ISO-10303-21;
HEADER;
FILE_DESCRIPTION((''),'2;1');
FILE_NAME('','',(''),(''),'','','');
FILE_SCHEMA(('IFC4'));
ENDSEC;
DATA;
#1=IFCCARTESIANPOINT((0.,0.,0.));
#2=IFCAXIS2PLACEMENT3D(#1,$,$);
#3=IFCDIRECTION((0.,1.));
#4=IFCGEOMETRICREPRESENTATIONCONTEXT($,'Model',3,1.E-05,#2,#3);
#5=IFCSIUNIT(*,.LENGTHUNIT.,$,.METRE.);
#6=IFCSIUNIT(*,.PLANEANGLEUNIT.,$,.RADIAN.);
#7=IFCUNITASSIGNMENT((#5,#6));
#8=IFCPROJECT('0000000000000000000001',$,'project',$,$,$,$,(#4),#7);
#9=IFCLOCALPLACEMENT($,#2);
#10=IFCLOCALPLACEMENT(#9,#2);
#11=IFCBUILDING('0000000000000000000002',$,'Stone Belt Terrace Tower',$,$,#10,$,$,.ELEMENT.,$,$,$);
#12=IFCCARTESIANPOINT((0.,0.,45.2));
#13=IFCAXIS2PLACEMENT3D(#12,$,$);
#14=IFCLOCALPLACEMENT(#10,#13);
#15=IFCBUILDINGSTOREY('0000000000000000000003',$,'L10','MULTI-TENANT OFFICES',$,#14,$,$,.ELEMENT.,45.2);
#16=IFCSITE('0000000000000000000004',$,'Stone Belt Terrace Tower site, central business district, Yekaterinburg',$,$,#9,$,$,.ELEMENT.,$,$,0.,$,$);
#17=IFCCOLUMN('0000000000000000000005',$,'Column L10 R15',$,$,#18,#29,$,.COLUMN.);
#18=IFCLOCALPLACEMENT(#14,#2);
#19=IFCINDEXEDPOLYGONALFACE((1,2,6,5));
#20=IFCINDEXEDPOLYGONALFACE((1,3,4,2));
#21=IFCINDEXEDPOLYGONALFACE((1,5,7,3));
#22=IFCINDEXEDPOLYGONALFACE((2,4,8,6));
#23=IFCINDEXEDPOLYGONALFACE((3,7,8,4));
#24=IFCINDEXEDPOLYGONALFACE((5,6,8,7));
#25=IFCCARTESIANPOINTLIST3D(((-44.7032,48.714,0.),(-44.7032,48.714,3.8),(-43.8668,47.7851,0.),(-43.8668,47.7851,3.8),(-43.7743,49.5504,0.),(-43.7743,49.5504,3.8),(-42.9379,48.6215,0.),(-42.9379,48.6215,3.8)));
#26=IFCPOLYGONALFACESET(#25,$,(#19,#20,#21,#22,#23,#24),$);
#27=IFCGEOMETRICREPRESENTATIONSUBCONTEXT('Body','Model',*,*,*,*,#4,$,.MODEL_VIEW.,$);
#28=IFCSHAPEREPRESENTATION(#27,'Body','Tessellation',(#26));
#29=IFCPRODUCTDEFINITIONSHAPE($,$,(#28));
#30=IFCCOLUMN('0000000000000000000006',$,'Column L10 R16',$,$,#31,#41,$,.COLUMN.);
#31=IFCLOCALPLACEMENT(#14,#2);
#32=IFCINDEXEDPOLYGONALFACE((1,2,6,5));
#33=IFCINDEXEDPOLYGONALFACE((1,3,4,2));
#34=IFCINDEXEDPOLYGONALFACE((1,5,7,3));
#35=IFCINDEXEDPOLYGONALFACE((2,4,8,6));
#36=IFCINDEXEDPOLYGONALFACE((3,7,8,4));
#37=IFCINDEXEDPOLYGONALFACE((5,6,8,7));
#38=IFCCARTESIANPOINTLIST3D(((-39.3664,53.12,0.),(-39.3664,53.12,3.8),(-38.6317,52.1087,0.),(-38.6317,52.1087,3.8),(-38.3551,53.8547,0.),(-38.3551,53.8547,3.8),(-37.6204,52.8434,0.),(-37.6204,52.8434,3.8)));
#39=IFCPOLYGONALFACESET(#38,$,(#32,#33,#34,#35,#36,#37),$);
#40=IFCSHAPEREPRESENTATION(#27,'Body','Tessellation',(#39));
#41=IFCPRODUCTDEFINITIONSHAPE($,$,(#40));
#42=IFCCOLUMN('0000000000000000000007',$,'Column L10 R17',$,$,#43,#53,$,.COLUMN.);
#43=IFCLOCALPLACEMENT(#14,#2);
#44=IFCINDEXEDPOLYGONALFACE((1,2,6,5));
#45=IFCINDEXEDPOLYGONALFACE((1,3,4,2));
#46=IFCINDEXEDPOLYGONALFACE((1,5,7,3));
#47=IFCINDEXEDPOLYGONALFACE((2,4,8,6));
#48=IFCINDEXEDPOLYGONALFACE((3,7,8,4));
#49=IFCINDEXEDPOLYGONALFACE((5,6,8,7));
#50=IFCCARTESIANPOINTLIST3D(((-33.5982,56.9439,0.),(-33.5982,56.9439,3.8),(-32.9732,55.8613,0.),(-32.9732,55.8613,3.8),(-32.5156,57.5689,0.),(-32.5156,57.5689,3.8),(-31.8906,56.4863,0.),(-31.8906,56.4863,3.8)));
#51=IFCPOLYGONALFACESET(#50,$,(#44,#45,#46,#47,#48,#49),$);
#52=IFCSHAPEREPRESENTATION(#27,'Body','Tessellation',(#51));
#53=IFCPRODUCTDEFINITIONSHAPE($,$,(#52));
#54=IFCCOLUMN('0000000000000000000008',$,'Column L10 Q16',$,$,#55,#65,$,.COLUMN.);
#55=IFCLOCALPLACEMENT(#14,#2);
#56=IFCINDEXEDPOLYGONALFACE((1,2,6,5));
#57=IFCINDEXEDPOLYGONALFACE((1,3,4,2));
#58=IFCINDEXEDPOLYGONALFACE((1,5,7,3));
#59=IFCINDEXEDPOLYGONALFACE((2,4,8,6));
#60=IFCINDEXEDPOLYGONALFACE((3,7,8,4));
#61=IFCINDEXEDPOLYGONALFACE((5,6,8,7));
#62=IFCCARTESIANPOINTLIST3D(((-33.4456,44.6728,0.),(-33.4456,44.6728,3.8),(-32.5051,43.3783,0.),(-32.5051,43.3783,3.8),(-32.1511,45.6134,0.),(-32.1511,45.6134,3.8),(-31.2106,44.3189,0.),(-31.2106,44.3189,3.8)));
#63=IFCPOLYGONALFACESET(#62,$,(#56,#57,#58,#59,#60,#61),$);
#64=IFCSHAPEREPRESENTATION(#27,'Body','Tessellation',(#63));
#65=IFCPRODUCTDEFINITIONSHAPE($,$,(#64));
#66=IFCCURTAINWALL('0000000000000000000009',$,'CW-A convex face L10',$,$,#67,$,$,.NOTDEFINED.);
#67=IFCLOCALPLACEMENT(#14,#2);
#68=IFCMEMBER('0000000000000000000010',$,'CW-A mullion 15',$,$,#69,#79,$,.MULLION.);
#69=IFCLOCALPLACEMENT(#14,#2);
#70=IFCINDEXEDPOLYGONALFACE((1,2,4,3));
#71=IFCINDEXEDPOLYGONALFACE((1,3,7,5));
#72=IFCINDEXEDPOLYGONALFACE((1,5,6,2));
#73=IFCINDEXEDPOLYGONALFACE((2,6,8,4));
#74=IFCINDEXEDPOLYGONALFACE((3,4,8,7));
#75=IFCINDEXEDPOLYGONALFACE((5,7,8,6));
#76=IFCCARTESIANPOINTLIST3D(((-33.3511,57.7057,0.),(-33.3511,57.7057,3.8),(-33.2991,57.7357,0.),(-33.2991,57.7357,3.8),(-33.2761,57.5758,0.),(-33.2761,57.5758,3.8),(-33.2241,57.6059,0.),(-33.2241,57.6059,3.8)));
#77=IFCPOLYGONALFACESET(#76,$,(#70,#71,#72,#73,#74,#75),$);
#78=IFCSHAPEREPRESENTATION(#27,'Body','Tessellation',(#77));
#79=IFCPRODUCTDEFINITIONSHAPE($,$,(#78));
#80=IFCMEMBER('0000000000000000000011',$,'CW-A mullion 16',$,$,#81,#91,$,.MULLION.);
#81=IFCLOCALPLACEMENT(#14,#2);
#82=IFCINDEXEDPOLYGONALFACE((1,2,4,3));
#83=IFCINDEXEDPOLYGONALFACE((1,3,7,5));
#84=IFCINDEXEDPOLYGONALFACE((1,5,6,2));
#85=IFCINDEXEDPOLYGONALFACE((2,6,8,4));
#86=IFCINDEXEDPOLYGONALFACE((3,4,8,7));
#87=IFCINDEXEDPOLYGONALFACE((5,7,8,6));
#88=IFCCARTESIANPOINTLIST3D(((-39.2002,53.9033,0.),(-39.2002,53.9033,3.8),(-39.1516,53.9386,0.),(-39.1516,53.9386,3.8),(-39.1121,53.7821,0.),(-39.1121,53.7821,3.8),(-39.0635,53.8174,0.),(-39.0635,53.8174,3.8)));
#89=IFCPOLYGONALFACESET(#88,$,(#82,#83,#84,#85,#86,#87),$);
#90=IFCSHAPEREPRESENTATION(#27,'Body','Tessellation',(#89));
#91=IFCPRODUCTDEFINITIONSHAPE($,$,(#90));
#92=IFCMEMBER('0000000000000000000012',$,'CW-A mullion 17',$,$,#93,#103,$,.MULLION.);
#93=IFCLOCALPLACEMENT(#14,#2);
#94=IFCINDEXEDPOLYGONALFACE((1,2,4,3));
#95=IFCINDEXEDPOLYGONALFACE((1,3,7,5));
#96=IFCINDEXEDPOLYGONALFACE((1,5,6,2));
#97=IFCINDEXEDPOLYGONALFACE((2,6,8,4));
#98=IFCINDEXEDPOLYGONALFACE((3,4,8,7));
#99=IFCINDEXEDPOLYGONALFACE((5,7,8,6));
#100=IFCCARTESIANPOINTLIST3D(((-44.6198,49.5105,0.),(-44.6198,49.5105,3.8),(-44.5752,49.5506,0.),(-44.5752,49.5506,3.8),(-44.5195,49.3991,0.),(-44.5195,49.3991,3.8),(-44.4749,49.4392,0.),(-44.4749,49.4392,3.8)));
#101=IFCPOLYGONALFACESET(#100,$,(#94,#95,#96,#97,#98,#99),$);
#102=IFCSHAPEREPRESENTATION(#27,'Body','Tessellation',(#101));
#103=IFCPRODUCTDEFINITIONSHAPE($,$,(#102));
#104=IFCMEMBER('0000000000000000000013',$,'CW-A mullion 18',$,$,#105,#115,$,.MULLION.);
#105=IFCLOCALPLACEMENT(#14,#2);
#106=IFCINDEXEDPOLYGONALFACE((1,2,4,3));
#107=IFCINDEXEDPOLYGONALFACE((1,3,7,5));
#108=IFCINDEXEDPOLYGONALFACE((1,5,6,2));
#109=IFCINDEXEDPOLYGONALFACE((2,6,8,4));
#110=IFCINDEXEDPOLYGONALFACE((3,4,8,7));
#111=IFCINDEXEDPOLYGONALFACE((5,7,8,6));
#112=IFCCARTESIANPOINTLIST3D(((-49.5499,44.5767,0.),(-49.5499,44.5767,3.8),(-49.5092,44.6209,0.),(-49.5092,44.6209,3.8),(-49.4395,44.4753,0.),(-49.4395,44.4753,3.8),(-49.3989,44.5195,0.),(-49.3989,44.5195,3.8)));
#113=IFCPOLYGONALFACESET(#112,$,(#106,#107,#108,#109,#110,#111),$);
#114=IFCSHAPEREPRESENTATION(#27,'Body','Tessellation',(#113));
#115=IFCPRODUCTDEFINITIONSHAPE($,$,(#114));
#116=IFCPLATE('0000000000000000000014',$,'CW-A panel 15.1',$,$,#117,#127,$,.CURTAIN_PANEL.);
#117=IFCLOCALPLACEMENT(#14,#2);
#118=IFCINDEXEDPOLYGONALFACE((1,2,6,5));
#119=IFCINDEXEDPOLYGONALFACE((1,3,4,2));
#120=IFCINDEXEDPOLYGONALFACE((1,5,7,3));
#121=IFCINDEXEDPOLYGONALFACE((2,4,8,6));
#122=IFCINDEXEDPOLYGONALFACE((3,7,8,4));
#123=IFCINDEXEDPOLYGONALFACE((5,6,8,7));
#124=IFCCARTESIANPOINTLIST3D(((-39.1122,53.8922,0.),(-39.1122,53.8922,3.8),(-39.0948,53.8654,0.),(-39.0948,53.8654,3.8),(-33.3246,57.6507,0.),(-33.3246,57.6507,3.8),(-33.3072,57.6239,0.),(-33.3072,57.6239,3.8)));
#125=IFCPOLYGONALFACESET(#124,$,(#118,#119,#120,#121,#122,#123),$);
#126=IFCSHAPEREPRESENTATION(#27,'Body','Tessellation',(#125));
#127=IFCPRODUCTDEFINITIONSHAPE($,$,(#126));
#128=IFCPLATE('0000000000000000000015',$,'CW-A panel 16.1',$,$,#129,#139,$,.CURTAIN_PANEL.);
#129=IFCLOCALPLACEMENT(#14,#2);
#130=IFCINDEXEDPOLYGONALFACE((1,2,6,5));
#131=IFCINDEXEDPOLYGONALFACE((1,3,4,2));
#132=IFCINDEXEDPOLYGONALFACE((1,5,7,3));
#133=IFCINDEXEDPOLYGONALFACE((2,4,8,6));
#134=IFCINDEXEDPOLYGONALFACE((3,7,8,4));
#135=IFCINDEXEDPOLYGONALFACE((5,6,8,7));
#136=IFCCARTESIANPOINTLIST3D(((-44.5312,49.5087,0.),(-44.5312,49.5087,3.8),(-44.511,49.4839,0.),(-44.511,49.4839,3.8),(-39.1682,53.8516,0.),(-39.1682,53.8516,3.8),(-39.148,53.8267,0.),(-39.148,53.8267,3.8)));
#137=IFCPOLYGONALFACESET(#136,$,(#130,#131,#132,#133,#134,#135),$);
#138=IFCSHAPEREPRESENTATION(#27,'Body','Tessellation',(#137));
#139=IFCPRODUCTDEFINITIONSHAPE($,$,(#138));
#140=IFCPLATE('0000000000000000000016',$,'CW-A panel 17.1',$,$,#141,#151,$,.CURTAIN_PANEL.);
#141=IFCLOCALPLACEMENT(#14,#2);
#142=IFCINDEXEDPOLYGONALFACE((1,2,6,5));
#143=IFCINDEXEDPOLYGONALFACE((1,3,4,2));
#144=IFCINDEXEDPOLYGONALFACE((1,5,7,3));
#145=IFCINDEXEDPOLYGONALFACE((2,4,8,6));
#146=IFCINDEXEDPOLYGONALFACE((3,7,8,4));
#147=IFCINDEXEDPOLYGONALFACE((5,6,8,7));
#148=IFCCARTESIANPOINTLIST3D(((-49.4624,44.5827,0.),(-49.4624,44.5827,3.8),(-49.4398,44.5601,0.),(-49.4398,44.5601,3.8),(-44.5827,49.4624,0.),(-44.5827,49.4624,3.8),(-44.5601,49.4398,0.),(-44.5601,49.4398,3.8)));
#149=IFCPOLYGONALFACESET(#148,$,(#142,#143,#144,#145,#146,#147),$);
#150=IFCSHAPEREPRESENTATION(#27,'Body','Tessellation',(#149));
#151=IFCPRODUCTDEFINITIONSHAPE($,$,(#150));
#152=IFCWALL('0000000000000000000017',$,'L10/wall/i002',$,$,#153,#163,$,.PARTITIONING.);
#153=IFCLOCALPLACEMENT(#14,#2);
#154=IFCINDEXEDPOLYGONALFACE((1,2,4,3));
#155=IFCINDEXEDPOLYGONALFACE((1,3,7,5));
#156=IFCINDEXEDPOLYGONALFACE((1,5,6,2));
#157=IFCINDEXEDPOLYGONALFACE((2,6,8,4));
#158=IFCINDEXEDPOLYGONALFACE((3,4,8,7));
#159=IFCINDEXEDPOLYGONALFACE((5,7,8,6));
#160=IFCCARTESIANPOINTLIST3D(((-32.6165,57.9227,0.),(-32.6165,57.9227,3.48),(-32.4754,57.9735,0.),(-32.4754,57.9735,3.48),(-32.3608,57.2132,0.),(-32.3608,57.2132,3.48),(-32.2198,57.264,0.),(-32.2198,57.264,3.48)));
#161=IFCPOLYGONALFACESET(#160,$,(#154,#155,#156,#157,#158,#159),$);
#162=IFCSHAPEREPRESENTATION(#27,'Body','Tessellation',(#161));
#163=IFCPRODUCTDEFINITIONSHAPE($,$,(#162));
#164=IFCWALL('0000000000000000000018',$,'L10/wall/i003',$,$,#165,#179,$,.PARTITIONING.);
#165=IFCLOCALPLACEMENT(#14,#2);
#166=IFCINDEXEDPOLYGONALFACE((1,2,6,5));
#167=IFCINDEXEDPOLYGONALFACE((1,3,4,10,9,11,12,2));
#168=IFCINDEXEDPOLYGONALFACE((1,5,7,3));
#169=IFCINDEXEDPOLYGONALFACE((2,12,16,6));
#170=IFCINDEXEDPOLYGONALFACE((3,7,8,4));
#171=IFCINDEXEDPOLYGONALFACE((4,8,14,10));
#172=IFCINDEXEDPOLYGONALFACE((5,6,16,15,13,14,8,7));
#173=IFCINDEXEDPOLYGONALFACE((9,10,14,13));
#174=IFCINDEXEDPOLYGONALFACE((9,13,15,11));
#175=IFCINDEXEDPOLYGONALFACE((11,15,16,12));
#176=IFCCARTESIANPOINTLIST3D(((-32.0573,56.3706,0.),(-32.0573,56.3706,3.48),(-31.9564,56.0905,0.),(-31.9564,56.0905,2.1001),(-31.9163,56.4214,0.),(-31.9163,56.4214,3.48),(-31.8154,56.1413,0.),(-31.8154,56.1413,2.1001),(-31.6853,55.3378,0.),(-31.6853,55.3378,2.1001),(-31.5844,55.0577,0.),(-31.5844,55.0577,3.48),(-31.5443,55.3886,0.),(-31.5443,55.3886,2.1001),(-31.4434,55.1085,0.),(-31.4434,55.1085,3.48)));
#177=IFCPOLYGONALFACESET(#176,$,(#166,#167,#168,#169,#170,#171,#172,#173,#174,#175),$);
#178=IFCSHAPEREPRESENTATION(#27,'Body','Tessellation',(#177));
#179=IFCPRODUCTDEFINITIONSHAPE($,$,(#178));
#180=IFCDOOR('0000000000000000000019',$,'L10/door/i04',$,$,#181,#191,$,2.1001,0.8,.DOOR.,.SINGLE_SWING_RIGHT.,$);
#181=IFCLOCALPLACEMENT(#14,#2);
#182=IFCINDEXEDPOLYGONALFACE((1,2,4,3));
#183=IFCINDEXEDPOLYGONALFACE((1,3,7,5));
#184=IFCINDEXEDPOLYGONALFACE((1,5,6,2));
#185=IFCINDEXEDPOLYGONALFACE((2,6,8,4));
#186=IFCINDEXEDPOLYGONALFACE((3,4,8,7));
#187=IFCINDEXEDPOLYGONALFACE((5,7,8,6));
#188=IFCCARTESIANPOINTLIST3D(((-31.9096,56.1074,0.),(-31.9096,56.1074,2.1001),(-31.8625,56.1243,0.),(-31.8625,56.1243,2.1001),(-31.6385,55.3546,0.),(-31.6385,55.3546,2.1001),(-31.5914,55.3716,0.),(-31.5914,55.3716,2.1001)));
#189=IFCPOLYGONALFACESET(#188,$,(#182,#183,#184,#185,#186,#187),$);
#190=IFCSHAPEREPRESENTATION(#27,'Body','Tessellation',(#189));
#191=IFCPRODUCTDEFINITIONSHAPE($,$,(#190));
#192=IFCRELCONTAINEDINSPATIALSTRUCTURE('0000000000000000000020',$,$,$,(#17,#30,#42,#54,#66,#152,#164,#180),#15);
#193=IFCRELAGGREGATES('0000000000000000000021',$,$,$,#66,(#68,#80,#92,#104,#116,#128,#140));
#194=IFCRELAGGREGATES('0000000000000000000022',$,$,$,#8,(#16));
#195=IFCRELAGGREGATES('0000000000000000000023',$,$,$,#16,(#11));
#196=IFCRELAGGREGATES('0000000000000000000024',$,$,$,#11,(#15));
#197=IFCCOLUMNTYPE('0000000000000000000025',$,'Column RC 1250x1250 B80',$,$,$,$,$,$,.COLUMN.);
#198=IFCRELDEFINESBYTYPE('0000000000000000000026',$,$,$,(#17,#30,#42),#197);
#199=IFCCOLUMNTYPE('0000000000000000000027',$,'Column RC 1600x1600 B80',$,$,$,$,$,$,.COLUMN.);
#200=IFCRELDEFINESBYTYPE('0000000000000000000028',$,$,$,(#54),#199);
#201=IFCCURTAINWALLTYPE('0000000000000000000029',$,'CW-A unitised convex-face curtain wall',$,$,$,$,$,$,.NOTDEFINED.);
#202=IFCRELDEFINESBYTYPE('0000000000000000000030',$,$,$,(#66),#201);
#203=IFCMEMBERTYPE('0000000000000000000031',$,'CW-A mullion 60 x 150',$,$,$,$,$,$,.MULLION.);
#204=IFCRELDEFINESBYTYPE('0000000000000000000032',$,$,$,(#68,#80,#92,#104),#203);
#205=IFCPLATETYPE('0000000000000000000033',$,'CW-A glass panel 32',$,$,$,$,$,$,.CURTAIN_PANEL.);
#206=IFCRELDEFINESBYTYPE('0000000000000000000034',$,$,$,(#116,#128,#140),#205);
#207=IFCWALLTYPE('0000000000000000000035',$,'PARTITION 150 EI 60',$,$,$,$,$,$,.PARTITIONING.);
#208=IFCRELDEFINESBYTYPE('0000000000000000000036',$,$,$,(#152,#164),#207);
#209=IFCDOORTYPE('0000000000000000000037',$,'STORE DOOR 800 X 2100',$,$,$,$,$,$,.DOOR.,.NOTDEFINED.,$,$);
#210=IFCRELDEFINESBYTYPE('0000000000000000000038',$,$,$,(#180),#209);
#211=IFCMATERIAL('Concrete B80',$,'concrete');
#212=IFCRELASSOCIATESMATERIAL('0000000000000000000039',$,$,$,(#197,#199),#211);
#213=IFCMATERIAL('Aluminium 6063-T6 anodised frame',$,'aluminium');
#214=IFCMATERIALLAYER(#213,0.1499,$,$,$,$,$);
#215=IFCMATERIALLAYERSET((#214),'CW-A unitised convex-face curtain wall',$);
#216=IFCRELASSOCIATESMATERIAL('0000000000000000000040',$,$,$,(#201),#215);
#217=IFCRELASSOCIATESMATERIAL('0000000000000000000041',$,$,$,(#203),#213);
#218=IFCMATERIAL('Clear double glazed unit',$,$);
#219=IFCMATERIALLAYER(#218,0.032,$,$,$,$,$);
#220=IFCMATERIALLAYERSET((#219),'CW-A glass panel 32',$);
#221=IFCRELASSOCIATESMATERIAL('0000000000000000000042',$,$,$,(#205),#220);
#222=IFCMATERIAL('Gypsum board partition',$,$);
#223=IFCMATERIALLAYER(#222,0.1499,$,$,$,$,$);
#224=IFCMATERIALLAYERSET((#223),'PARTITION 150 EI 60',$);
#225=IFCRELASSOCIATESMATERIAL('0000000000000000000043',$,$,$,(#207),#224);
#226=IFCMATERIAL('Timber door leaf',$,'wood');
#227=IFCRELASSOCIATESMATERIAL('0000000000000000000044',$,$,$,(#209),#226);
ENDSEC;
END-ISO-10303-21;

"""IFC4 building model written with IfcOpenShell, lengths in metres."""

from ifc_helpers import new_model, si_unit, direction, frame, frame_2d, origin, origin_2d, place, context, subcontext, project, spatial, rectangle, extrude, material, layer, layer_set, material_profile, profile_set, type_object, element, fill, aggregate, save


model = new_model("IFC4")

# Units and contexts
model_context = context("Model", 3, precision=1e-05, world=origin(), true_north=direction((0.0, 1.0)))
body_context = subcontext(model_context, "Body", "Model", "MODEL_VIEW")
ifc_project = project(units=[si_unit("LENGTHUNIT", "METRE"), si_unit("PLANEANGLEUNIT", "RADIAN")], contexts=[model_context])

# Site, building, storey
site_placement = place(None, origin())
site = spatial("IfcSite", under=ifc_project, at=site_placement, Name="Stone Belt Terrace Tower site, central business district, Yekaterinburg", CompositionType="ELEMENT", RefElevation=0.0)
building_placement = place(site_placement, origin())
building = spatial("IfcBuilding", under=site, at=building_placement, Name="Stone Belt Terrace Tower", CompositionType="ELEMENT")
storey_placement = place(building_placement, frame((0.0, 0.0, 45.2)))
storey = spatial("IfcBuildingStorey", under=building, at=storey_placement, Name="L10", Description="MULTI-TENANT OFFICES", CompositionType="ELEMENT", Elevation=45.2)

# Columns
ifc_material_1 = material(Name="Concrete B80", Category="concrete")
ifc_material_profile_1 = material_profile(ifc_material_1, rectangle(XDim=1.25, YDim=1.25, at=origin_2d()), Name="RC 1250x1250")
ifc_profile_set_1 = profile_set([ifc_material_profile_1], Name="Concrete B80")
column_type_1 = type_object("IfcColumnType", Name="Column RC 1250x1250 B80", PredefinedType="COLUMN", material=ifc_profile_set_1)
for number, where, z_axis, x_axis, name in (
    (1, (-43.8206, 48.6677, 0.0), (0.0, 0.0, 1.0), (0.743145, 0.669131, 0.0), "Column L10 R15"),
    (2, (-38.4934, 52.9817, 0.0), (0.0, 0.0, 1.0), (0.809017, 0.587785, 0.0), "Column L10 R16"),
    (3, (-32.7444, 56.7151, 0.0), (0.0, 0.0, 1.0), (0.866025, 0.5, 0.0), "Column L10 R17"),
):
    element("IfcColumn", number, at=place(storey_placement, frame(where, z_axis=z_axis, x_axis=x_axis)), inside=storey, type_object=column_type_1, Name=name, PredefinedType="COLUMN", context=body_context, shape_type="SweptSolid", body=[
        extrude(rectangle(XDim=1.25, YDim=1.25, at=origin_2d()), origin(), (0.0, 0.0, 1.0), 3.8),
    ])
ifc_material_profile_2 = material_profile(ifc_material_1, rectangle(XDim=1.6001, YDim=1.6001, at=origin_2d()), Name="RC 1600x1600")
ifc_profile_set_2 = profile_set([ifc_material_profile_2], Name="Concrete B80")
column_type_2 = type_object("IfcColumnType", Name="Column RC 1600x1600 B80", PredefinedType="COLUMN", material=ifc_profile_set_2)
column_placement = place(storey_placement, frame((-32.3281, 44.4958, 0.0), z_axis=(0.0, 0.0, 1.0), x_axis=(0.809017, 0.587785, 0.0)))
element("IfcColumn", 4, at=column_placement, inside=storey, type_object=column_type_2, Name="Column L10 Q16", PredefinedType="COLUMN", context=body_context, shape_type="SweptSolid", body=[
    extrude(rectangle(XDim=1.6001, YDim=1.6001, at=origin_2d()), origin(), (0.0, 0.0, 1.0), 3.8),
])

# Curtain wall, members, plates
ifc_material_2 = material(Name="Aluminium 6063-T6 anodised frame", Category="aluminium")
ifc_layer_1 = layer(ifc_material_2, 0.1499)
ifc_layer_set_1 = layer_set([ifc_layer_1], Name="CW-A unitised convex-face curtain wall")
curtain_wall_type = type_object("IfcCurtainWallType", Name="CW-A unitised convex-face curtain wall", PredefinedType="NOTDEFINED", material=ifc_layer_set_1)
curtain_wall_placement = place(storey_placement, origin())
curtain_wall = element("IfcCurtainWall", 5, at=curtain_wall_placement, inside=storey, type_object=curtain_wall_type, Name="CW-A convex face L10", PredefinedType="NOTDEFINED")
ifc_material_profile_3 = material_profile(ifc_material_2, rectangle(XDim=0.1499, YDim=0.0601, at=origin_2d()), Name="Aluminium 6063-T6 60x150")
ifc_profile_set_3 = profile_set([ifc_material_profile_3], Name="Aluminium 6063-T6 anodised frame")
member_type = type_object("IfcMemberType", Name="CW-A mullion 60 x 150", PredefinedType="MULLION", material=ifc_profile_set_3)
member_1_placement = place(storey_placement, frame((-33.2876, 57.6558, 0.0), z_axis=(0.0, 0.0, 1.0), x_axis=(0.5, -0.866025, 0.0)))
member_1 = element("IfcMember", 6, at=member_1_placement, type_object=member_type, Name="CW-A mullion 15", PredefinedType="MULLION", context=body_context, shape_type="SweptSolid", body=[
    extrude(rectangle(XDim=0.1499, YDim=0.0601, at=origin_2d()), origin(), (0.0, 0.0, 1.0), 3.8),
])
member_2_placement = place(storey_placement, frame((-39.1318, 53.8604, 0.0), z_axis=(0.0, 0.0, 1.0), x_axis=(0.587785, -0.809017, 0.0)))
member_2 = element("IfcMember", 7, at=member_2_placement, type_object=member_type, Name="CW-A mullion 16", PredefinedType="MULLION", context=body_context, shape_type="SweptSolid", body=[
    extrude(rectangle(XDim=0.1499, YDim=0.0601, at=origin_2d()), origin(), (0.0, 0.0, 1.0), 3.8),
])
member_3_placement = place(storey_placement, frame((-44.5474, 49.4749, 0.0), z_axis=(0.0, 0.0, 1.0), x_axis=(0.669131, -0.743145, 0.0)))
member_3 = element("IfcMember", 8, at=member_3_placement, type_object=member_type, Name="CW-A mullion 17", PredefinedType="MULLION", context=body_context, shape_type="SweptSolid", body=[
    extrude(rectangle(XDim=0.1499, YDim=0.0601, at=origin_2d()), origin(), (0.0, 0.0, 1.0), 3.8),
])
member_4_placement = place(storey_placement, frame((-49.4744, 44.5481, 0.0), z_axis=(0.0, 0.0, 1.0), x_axis=(0.736171, -0.676796, 0.0)))
member_4 = element("IfcMember", 9, at=member_4_placement, type_object=member_type, Name="CW-A mullion 18", PredefinedType="MULLION", context=body_context, shape_type="SweptSolid", body=[
    extrude(rectangle(XDim=0.1499, YDim=0.0601, at=origin_2d()), origin(), (0.0, 0.0, 1.0), 3.8),
])
ifc_material_3 = material(Name="Clear double glazed unit")
ifc_layer_2 = layer(ifc_material_3, 0.032)
ifc_layer_set_2 = layer_set([ifc_layer_2], Name="CW-A glass panel 32")
plate_type = type_object("IfcPlateType", Name="CW-A glass panel 32", PredefinedType="CURTAIN_PANEL", material=ifc_layer_set_2)
plate_1_placement = place(storey_placement, frame((-36.2097, 55.7581, 0.0), z_axis=(0.0, 0.0, 1.0), x_axis=(-0.838671, -0.544639, 0.0)))
plate_1 = element("IfcPlate", 10, at=plate_1_placement, type_object=plate_type, Name="CW-A panel 15.1", PredefinedType="CURTAIN_PANEL", context=body_context, shape_type="SweptSolid", body=[
    extrude(rectangle(XDim=6.9009, YDim=0.032, at=origin_2d()), origin(), (0.0, 0.0, 1.0), 3.8),
])
plate_2_placement = place(storey_placement, frame((-41.8396, 51.6677, 0.0), z_axis=(0.0, 0.0, 1.0), x_axis=(-0.777146, -0.62932, 0.0)))
plate_2 = element("IfcPlate", 11, at=plate_2_placement, type_object=plate_type, Name="CW-A panel 16.1", PredefinedType="CURTAIN_PANEL", context=body_context, shape_type="SweptSolid", body=[
    extrude(rectangle(XDim=6.9009, YDim=0.032, at=origin_2d()), origin(), (0.0, 0.0, 1.0), 3.8),
])
plate_3_placement = place(storey_placement, frame((-47.0112, 47.0112, 0.0), z_axis=(0.0, 0.0, 1.0), x_axis=(-0.707107, -0.707107, 0.0)))
plate_3 = element("IfcPlate", 12, at=plate_3_placement, type_object=plate_type, Name="CW-A panel 17.1", PredefinedType="CURTAIN_PANEL", context=body_context, shape_type="SweptSolid", body=[
    extrude(rectangle(XDim=6.9009, YDim=0.032, at=origin_2d()), origin(), (0.0, 0.0, 1.0), 3.8),
])
aggregate(curtain_wall, [member_1, member_2, member_3, member_4, plate_1, plate_2, plate_3])

# Wall
ifc_material_4 = material(Name="Gypsum board partition")
ifc_layer_3 = layer(ifc_material_4, 0.1499)
ifc_layer_set_3 = layer_set([ifc_layer_3], Name="PARTITION 150 EI 60")
wall_type = type_object("IfcWallType", Name="PARTITION 150 EI 60", PredefinedType="PARTITIONING", material=ifc_layer_set_3)
wall_1_placement = place(storey_placement, frame((-32.5459, 57.948, 0.0), z_axis=(0.0, 0.0, 1.0), x_axis=(0.33896, -0.940801, 0.0)))
element("IfcWall", 13, at=wall_1_placement, inside=storey, type_object=wall_type, Name="L10/wall/i002", PredefinedType="PARTITIONING", context=body_context, shape_type="SweptSolid", body=[
    extrude(rectangle(XDim=0.7542, YDim=0.1499, at=frame_2d((0.377, 0.0))), origin(), (0.0, 0.0, 1.0), 3.48),
])

# Wall, opening, door
wall_2_placement = place(storey_placement, frame((-31.9868, 56.396, 0.0), z_axis=(0.0, 0.0, 1.0), x_axis=(0.338862, -0.940836, 0.0)))
wall_2 = element("IfcWall", 14, at=wall_2_placement, inside=storey, type_object=wall_type, Name="L10/wall/i003", PredefinedType="PARTITIONING", context=body_context, shape_type="SweptSolid", body=[
    extrude(rectangle(XDim=1.3955, YDim=0.1499, at=frame_2d((0.6978, 0.0))), origin(), (0.0, 0.0, 1.0), 3.48),
])
opening_1_placement = place(wall_2_placement, frame((0.2979, 0.0, 0.0)))
opening_1 = element("IfcOpeningElement", 15, at=opening_1_placement, cuts=wall_2, PredefinedType="OPENING", context=body_context, shape_type="SweptSolid", body=[
    extrude(rectangle(XDim=0.8, YDim=2.1001, at=frame_2d((0.3999, 1.05))), frame((0.0, 0.085, 0.0), z_axis=(0.0, -1.0, 0.0), x_axis=(1.0, 0.0, 0.0)), (0.0, 0.0, 1.0), 0.1699),
])
ifc_material_5 = material(Name="Timber door leaf", Category="wood")
door_type_1 = type_object("IfcDoorType", Name="STORE DOOR 800 X 2100", OperationType="NOTDEFINED", PredefinedType="DOOR", material=ifc_material_5)
door_1_placement = place(opening_1_placement, origin())
door_1 = element("IfcDoor", 16, at=door_1_placement, inside=storey, type_object=door_type_1, Name="L10/door/i04", OperationType="SINGLE_SWING_RIGHT", OverallHeight=2.1001, OverallWidth=0.8, PredefinedType="DOOR", context=body_context, shape_type="SweptSolid", body=[
    extrude(rectangle(XDim=0.8, YDim=2.1001, at=frame_2d((0.3999, 1.05))), frame((0.0, 0.0249, 0.0), z_axis=(0.0, -1.0, 0.0), x_axis=(1.0, 0.0, 0.0)), (0.0, 0.0, 1.0), 0.05),
])
fill(opening_1, door_1)

save(model, "model.ifc")
